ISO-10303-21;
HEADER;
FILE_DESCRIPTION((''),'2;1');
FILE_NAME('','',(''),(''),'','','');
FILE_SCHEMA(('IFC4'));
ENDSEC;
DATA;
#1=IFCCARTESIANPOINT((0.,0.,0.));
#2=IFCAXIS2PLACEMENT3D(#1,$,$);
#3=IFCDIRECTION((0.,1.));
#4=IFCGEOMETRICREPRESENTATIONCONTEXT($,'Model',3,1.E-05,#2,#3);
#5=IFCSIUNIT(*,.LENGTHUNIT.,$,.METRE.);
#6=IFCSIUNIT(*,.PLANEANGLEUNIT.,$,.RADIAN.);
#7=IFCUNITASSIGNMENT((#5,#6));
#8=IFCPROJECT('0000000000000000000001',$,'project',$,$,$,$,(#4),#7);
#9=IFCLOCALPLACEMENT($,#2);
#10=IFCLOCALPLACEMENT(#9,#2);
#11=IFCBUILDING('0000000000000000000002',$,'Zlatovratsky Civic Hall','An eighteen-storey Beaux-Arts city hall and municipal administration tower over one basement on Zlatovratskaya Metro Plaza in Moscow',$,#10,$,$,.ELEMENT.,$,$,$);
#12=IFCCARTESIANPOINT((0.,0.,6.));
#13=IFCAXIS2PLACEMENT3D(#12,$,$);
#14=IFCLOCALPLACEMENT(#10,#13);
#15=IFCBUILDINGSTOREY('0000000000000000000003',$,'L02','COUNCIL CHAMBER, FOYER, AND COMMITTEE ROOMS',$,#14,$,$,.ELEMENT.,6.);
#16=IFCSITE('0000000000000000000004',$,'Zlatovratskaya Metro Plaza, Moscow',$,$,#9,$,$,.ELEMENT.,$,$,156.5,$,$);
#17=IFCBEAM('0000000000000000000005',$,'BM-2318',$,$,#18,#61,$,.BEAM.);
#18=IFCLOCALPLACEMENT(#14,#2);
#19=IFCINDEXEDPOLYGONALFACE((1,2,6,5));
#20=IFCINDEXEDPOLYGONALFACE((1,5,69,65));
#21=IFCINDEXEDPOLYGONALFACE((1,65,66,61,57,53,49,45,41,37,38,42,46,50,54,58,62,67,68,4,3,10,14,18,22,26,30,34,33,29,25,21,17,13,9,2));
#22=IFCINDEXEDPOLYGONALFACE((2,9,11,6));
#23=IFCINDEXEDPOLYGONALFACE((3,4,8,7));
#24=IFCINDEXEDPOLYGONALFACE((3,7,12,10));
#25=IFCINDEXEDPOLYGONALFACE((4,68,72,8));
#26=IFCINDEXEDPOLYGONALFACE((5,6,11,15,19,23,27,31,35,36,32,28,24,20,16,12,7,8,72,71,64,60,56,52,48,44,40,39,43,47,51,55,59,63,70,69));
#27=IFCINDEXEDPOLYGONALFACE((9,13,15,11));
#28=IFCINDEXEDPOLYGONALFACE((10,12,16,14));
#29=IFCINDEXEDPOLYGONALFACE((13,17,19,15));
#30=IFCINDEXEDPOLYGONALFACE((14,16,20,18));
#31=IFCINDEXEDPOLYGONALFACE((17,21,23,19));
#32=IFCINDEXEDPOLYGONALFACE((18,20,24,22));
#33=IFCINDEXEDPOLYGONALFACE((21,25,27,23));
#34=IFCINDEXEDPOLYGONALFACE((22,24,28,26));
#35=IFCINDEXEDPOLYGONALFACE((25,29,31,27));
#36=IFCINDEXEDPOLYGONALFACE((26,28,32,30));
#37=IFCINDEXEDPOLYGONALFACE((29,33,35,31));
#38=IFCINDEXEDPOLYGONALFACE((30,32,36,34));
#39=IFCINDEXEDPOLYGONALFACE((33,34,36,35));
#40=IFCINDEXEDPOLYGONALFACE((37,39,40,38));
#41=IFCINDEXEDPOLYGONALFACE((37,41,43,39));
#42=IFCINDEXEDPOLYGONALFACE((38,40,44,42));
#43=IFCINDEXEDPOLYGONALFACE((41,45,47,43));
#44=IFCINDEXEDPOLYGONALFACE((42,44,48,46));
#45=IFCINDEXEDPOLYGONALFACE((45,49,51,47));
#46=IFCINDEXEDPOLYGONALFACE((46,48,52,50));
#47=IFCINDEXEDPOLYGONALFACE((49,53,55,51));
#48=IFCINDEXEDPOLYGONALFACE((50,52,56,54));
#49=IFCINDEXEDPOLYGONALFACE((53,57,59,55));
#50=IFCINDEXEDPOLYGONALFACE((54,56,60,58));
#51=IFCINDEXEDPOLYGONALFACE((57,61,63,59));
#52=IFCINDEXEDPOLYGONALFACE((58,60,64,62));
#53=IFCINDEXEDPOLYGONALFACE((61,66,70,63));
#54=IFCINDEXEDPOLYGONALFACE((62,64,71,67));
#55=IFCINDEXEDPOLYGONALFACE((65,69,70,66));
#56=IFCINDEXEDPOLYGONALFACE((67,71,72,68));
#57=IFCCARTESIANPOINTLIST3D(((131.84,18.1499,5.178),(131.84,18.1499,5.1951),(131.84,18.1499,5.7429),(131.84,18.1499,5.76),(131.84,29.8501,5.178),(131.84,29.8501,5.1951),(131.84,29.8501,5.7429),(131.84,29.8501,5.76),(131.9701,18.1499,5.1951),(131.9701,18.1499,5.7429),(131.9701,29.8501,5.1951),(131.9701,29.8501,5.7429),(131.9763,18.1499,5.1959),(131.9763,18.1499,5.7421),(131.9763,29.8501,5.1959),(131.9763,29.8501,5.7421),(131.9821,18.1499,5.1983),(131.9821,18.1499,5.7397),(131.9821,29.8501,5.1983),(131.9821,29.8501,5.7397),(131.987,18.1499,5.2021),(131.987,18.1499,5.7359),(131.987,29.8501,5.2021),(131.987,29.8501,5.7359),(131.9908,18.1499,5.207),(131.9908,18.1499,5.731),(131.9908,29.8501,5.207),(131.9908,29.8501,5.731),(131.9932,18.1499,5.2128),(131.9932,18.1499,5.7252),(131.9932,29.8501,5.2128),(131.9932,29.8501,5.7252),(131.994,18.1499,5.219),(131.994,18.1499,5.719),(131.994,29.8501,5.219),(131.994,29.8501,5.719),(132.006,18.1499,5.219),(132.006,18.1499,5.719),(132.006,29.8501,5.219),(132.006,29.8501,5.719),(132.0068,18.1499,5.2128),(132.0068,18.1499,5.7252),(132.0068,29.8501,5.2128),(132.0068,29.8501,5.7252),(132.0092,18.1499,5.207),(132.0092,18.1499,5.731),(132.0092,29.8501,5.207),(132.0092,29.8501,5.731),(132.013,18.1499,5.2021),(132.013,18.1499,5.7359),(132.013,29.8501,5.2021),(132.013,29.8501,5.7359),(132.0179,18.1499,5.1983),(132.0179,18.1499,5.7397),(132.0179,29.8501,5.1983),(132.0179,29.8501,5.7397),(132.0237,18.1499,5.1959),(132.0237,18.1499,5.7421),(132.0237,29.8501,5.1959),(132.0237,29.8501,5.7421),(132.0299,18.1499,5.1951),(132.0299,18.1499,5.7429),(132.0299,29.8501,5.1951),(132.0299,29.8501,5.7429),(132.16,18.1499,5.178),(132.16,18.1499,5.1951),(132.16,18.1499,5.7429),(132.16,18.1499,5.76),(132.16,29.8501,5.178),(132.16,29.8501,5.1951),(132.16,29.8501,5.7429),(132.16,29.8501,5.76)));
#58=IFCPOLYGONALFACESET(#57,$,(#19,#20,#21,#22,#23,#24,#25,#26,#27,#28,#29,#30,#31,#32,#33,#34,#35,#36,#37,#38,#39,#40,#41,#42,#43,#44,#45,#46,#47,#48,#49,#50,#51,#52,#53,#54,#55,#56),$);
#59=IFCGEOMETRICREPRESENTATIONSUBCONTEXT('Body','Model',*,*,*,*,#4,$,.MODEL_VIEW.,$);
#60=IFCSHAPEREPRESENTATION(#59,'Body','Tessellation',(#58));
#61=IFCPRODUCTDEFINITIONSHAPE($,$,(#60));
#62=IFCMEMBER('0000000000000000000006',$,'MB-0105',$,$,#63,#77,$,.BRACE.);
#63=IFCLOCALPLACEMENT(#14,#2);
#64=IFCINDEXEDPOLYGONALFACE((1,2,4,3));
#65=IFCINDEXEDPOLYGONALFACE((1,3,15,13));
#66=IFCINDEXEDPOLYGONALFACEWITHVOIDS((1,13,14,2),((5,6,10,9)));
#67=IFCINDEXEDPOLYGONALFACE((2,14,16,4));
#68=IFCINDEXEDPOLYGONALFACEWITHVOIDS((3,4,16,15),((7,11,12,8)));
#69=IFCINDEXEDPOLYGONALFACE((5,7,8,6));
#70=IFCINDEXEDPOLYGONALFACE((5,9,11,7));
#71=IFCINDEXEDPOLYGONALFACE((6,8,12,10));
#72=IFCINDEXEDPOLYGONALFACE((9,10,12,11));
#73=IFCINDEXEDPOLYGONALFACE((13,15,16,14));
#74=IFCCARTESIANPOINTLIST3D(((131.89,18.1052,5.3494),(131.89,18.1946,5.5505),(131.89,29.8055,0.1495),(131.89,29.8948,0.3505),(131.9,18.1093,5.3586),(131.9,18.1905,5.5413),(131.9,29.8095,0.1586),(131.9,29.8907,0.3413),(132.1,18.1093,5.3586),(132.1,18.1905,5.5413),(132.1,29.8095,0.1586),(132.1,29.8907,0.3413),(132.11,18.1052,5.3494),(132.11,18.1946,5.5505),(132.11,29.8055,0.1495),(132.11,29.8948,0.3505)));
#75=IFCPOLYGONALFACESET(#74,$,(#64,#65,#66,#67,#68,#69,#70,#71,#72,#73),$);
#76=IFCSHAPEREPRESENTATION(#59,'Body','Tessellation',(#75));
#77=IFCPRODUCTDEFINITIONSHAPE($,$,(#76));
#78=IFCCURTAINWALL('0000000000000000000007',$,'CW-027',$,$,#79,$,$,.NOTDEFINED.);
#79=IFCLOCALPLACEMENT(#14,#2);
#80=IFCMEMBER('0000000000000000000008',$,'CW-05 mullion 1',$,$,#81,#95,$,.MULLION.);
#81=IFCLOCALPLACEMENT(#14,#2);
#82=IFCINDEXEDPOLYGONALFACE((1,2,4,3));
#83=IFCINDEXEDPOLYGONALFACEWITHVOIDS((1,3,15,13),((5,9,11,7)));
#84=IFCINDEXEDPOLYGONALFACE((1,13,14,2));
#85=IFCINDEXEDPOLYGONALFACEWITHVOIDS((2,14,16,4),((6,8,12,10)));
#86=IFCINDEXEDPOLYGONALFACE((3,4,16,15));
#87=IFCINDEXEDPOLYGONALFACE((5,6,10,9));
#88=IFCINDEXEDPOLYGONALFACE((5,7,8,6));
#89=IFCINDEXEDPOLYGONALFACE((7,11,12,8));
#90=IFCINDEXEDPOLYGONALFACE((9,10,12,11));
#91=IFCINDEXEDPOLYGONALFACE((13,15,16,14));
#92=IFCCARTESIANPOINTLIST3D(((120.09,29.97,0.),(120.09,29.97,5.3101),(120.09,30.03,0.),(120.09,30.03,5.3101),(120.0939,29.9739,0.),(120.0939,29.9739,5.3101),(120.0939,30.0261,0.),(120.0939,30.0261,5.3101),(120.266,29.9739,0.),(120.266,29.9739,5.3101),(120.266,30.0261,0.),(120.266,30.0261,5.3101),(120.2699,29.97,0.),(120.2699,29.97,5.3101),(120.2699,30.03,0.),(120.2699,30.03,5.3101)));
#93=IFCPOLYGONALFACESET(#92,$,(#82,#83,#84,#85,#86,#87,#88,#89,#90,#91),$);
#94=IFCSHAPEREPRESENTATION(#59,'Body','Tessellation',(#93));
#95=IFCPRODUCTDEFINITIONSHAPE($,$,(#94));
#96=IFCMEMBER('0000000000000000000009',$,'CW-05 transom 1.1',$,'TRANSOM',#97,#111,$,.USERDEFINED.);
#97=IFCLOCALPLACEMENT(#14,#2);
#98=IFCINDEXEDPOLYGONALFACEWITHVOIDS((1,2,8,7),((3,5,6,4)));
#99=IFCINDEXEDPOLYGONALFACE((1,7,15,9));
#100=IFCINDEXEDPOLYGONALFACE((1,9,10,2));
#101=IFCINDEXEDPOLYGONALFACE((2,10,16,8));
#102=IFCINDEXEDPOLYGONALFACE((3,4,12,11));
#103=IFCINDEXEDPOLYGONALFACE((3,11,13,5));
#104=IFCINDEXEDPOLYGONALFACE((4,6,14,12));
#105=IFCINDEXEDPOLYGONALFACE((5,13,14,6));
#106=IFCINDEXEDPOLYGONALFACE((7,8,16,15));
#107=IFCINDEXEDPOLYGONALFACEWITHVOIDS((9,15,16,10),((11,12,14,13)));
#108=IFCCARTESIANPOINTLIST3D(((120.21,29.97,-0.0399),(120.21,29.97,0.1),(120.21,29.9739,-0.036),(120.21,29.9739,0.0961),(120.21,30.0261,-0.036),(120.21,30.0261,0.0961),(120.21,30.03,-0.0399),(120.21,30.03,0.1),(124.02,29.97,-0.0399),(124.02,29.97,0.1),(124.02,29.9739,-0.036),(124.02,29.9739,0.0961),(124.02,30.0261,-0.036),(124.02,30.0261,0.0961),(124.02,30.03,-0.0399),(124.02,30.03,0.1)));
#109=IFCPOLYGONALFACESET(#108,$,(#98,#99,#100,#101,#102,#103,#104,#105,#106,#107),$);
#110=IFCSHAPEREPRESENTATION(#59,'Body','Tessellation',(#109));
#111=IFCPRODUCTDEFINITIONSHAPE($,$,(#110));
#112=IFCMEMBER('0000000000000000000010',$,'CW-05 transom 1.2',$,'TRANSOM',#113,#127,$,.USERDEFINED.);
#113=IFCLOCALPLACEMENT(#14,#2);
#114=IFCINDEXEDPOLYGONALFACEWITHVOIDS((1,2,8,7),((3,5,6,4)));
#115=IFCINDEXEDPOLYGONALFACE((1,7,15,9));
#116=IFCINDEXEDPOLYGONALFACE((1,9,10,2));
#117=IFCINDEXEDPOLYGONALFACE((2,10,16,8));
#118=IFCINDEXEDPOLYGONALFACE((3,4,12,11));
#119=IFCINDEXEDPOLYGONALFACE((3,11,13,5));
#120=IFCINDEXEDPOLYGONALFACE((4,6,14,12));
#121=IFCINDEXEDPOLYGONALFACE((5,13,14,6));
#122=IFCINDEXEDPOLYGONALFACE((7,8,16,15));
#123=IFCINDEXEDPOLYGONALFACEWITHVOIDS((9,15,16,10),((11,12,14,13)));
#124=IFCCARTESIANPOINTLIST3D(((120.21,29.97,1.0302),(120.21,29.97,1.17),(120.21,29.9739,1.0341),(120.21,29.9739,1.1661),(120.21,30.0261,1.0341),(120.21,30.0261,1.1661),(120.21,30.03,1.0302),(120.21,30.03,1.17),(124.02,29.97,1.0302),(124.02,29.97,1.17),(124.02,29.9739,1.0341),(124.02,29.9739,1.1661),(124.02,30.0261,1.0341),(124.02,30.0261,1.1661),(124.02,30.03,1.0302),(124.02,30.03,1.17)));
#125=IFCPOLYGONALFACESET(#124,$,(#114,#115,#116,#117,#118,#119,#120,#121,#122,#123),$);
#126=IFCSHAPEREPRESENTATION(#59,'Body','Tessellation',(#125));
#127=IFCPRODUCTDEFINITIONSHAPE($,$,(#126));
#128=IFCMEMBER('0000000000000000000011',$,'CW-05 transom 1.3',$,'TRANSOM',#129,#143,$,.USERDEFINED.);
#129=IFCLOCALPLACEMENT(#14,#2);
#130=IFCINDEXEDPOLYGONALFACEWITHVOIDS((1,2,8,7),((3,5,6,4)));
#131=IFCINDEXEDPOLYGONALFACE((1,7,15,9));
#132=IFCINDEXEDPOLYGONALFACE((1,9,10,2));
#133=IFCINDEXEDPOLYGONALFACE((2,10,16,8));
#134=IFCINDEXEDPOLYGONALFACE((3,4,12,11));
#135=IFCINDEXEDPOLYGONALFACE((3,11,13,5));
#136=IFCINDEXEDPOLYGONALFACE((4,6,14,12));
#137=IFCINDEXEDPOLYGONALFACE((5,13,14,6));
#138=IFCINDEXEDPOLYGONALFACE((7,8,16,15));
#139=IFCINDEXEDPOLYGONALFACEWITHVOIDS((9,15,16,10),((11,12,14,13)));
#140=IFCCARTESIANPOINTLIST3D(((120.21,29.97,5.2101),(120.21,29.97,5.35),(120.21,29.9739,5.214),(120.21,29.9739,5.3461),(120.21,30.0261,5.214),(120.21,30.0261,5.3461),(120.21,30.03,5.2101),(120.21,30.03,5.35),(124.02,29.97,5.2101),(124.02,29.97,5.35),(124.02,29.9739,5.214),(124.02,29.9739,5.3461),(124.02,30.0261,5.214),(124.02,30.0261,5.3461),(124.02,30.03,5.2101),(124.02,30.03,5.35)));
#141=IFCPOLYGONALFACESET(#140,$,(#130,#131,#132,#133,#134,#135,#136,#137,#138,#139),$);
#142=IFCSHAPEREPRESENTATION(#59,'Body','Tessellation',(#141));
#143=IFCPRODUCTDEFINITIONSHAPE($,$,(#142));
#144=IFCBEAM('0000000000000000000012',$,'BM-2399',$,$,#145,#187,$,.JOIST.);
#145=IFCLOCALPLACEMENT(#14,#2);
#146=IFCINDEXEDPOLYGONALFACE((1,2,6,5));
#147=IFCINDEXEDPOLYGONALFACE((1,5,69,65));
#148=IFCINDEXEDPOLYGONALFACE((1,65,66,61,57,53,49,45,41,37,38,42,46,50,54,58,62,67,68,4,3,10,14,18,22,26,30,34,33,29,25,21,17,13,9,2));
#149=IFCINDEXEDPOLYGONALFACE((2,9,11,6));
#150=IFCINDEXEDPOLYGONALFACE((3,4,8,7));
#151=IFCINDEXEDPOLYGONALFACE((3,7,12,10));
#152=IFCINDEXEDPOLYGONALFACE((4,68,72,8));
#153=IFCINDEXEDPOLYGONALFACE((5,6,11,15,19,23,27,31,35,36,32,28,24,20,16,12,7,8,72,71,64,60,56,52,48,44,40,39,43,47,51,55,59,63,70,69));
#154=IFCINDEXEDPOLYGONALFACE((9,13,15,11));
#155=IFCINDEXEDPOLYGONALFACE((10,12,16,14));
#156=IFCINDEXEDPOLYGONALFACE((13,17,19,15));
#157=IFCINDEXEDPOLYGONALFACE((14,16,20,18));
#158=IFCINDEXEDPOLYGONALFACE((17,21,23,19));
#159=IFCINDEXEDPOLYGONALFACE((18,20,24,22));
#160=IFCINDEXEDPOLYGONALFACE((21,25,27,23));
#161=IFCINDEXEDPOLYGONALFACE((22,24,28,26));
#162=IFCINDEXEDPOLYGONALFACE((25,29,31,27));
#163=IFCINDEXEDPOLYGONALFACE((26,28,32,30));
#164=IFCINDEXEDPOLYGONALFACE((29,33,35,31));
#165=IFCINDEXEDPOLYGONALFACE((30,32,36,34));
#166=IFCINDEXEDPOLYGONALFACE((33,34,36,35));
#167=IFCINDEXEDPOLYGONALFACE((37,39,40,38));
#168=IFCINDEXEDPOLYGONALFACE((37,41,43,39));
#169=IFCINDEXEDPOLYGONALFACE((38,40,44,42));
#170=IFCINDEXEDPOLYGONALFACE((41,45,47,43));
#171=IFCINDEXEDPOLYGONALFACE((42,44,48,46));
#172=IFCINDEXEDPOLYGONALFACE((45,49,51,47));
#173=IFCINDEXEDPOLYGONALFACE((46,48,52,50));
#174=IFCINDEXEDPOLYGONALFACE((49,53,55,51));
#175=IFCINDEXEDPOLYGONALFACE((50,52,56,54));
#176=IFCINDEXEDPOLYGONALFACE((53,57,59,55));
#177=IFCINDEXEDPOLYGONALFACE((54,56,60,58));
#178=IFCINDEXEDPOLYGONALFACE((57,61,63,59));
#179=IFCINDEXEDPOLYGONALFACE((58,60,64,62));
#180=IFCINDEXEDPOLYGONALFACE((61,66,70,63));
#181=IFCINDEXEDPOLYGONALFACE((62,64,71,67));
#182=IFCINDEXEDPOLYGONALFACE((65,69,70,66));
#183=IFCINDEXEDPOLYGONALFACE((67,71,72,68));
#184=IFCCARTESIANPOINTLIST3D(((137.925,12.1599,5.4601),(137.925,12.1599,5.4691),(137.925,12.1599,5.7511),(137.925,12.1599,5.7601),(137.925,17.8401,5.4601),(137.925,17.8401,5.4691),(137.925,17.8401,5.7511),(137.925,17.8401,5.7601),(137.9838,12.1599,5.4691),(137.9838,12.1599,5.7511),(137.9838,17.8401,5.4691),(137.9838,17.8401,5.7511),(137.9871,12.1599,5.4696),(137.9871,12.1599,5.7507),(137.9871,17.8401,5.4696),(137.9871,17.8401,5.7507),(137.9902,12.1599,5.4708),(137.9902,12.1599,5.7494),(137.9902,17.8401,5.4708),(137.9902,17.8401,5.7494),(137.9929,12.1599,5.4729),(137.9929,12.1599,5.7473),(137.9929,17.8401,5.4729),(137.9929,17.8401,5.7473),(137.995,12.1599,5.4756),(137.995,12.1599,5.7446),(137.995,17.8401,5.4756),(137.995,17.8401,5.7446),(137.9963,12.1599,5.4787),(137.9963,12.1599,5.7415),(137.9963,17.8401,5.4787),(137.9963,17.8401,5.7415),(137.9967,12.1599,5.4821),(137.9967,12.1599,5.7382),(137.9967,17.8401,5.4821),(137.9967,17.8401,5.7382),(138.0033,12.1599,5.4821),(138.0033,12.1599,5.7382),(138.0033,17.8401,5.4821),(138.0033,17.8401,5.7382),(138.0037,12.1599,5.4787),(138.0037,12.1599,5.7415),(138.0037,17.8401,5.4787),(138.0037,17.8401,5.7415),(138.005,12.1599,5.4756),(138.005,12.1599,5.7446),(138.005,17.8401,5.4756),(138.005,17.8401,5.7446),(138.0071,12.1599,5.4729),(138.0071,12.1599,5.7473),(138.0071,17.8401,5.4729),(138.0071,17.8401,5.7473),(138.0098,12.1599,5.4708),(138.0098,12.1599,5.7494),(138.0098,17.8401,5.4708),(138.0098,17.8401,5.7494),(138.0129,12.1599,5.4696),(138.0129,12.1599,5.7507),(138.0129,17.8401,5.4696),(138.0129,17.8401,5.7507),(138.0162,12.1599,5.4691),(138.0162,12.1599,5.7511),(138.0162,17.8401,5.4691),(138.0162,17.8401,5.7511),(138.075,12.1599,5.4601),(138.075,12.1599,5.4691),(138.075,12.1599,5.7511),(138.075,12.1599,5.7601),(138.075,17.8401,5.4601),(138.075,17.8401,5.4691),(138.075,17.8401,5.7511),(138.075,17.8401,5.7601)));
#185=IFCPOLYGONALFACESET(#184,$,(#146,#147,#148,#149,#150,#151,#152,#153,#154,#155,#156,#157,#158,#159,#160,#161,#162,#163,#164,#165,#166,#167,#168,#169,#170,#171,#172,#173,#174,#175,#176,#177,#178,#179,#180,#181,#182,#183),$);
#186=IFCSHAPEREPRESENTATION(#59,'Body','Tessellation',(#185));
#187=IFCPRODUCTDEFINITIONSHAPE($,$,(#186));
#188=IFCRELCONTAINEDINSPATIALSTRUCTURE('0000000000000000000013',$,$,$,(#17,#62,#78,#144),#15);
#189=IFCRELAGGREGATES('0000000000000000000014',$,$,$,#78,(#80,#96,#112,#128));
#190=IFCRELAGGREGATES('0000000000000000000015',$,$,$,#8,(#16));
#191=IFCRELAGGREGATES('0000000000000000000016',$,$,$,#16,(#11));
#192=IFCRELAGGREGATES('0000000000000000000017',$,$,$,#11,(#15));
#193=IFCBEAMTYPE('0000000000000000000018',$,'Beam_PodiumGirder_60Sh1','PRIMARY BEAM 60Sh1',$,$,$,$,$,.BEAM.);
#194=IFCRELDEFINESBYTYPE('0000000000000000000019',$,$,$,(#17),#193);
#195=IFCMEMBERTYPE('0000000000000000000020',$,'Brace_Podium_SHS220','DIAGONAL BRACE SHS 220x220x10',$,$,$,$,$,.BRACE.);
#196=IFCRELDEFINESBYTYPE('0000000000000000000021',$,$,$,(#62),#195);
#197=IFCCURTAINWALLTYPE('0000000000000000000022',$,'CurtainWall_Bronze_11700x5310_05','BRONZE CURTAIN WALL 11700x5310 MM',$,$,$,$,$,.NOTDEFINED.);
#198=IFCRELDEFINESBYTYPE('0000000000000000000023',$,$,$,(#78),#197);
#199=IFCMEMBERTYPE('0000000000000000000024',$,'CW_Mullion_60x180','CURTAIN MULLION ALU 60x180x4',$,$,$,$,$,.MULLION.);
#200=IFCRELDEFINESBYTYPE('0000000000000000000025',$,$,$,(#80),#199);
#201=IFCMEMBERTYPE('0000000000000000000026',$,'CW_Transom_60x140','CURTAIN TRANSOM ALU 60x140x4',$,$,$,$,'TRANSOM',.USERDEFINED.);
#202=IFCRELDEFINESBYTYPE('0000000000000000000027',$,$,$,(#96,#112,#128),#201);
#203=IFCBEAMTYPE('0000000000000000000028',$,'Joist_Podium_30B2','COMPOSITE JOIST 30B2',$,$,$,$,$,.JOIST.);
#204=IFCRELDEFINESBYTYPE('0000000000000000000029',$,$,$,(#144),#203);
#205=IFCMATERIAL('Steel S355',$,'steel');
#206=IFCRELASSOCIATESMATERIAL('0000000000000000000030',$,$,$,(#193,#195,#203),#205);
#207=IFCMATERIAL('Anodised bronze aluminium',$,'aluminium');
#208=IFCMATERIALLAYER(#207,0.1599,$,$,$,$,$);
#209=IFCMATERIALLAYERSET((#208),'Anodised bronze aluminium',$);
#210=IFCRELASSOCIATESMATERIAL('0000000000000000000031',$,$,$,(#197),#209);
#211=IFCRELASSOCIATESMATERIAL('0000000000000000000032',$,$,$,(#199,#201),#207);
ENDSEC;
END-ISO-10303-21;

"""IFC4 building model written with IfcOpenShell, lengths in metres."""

from ifc_helpers import new_model, si_unit, direction, frame, origin, origin_2d, place, context, subcontext, project, spatial, hollow_rectangle, i_section, extrude, material, layer, layer_set, material_profile, profile_set, type_object, element, aggregate, save


model = new_model("IFC4")

# Units and contexts
model_context = context("Model", 3, precision=1e-05, world=origin(), true_north=direction((0.0, 1.0)))
body_context = subcontext(model_context, "Body", "Model", "MODEL_VIEW")
ifc_project = project(units=[si_unit("LENGTHUNIT", "METRE"), si_unit("PLANEANGLEUNIT", "RADIAN")], contexts=[model_context])

# Site, building, storey
site_placement = place(None, origin())
site = spatial("IfcSite", under=ifc_project, at=site_placement, Name="Zlatovratskaya Metro Plaza, Moscow", CompositionType="ELEMENT", RefElevation=156.5)
building_placement = place(site_placement, origin())
building = spatial("IfcBuilding", under=site, at=building_placement, Name="Zlatovratsky Civic Hall", Description="An eighteen-storey Beaux-Arts city hall and municipal administration tower over one basement on Zlatovratskaya Metro Plaza in Moscow", CompositionType="ELEMENT")
storey_placement = place(building_placement, frame((0.0, 0.0, 6.0)))
storey = spatial("IfcBuildingStorey", under=building, at=storey_placement, Name="L02", Description="COUNCIL CHAMBER, FOYER, AND COMMITTEE ROOMS", CompositionType="ELEMENT", Elevation=6.0)

# Shared definitions
ifc_material_1 = material(Name="Steel S355", Category="steel")

# Beam
ifc_material_profile_1 = material_profile(ifc_material_1, i_section(OverallWidth=0.3201, OverallDepth=0.582, WebThickness=0.012, FlangeThickness=0.0171, FilletRadius=0.0239, at=origin_2d()), Name="60Sh1")
ifc_profile_set_1 = profile_set([ifc_material_profile_1], Name="Steel S355")
beam_type_1 = type_object("IfcBeamType", Name="Beam_PodiumGirder_60Sh1", Description="PRIMARY BEAM 60Sh1", PredefinedType="BEAM", material=ifc_profile_set_1)
for number, where, z_axis, x_axis, name in (
    (1, (132.0, 18.1499, 5.469), (0.0, 1.0, 0.0), (-1.0, 0.0, 0.0), "BM-2318"),
):
    element("IfcBeam", number, at=place(storey_placement, frame(where, z_axis=z_axis, x_axis=x_axis)), inside=storey, type_object=beam_type_1, Name=name, PredefinedType="BEAM", context=body_context, shape_type="SweptSolid", body=[
        extrude(i_section(OverallWidth=0.3201, OverallDepth=0.582, WebThickness=0.012, FlangeThickness=0.0171, FilletRadius=0.0239, at=origin_2d()), origin(), (0.0, 0.0, 1.0), 11.7002),
    ])

# Member
ifc_material_profile_2 = material_profile(ifc_material_1, hollow_rectangle(XDim=0.22, YDim=0.22, WallThickness=0.01, at=origin_2d()), Name="SHS 220x220x10")
ifc_profile_set_2 = profile_set([ifc_material_profile_2], Name="Steel S355")
member_type_1 = type_object("IfcMemberType", Name="Brace_Podium_SHS220", Description="DIAGONAL BRACE SHS 220x220x10", PredefinedType="BRACE", material=ifc_profile_set_2)
member_1_placement = place(storey_placement, frame((132.0, 18.1499, 5.45), z_axis=(0.0, 0.913815, -0.40613), x_axis=(-1.0, 0.0, 0.0)))
element("IfcMember", 2, at=member_1_placement, inside=storey, type_object=member_type_1, Name="MB-0105", PredefinedType="BRACE", context=body_context, shape_type="SweptSolid", body=[
    extrude(hollow_rectangle(XDim=0.22, YDim=0.22, WallThickness=0.01, at=origin_2d()), origin(), (0.0, 0.0, 1.0), 12.8037),
])

# Curtain wall, members
ifc_material_2 = material(Name="Anodised bronze aluminium", Category="aluminium")
ifc_layer_1 = layer(ifc_material_2, 0.1599)
ifc_layer_set_1 = layer_set([ifc_layer_1], Name="Anodised bronze aluminium")
curtain_wall_type = type_object("IfcCurtainWallType", Name="CurtainWall_Bronze_11700x5310_05", Description="BRONZE CURTAIN WALL 11700x5310 MM", PredefinedType="NOTDEFINED", material=ifc_layer_set_1)
curtain_wall_placement = place(storey_placement, origin())
curtain_wall = element("IfcCurtainWall", 3, at=curtain_wall_placement, inside=storey, type_object=curtain_wall_type, Name="CW-027", PredefinedType="NOTDEFINED")
ifc_material_profile_3 = material_profile(ifc_material_2, hollow_rectangle(XDim=0.0601, YDim=0.1799, WallThickness=0.0039, at=origin_2d()), Name="ALU 60x180x4")
ifc_profile_set_3 = profile_set([ifc_material_profile_3], Name="Anodised bronze aluminium")
member_type_2 = type_object("IfcMemberType", Name="CW_Mullion_60x180", Description="CURTAIN MULLION ALU 60x180x4", PredefinedType="MULLION", material=ifc_profile_set_3)
member_2_placement = place(storey_placement, frame((120.1799, 30.0, 0.0), z_axis=(0.0, 0.0, 1.0), x_axis=(0.0, 1.0, 0.0)))
member_2 = element("IfcMember", 4, at=member_2_placement, type_object=member_type_2, Name="CW-05 mullion 1", PredefinedType="MULLION", context=body_context, shape_type="SweptSolid", body=[
    extrude(hollow_rectangle(XDim=0.0601, YDim=0.1799, WallThickness=0.0039, at=origin_2d()), origin(), (0.0, 0.0, 1.0), 5.3101),
])
ifc_material_profile_4 = material_profile(ifc_material_2, hollow_rectangle(XDim=0.0601, YDim=0.1399, WallThickness=0.0039, at=origin_2d()), Name="ALU 60x140x4")
ifc_profile_set_4 = profile_set([ifc_material_profile_4], Name="Anodised bronze aluminium")
member_type_3 = type_object("IfcMemberType", Name="CW_Transom_60x140", Description="CURTAIN TRANSOM ALU 60x140x4", ElementType="TRANSOM", PredefinedType="USERDEFINED", material=ifc_profile_set_4)
member_3_placement = place(storey_placement, frame((120.21, 30.0, 0.03), z_axis=(1.0, 0.0, 0.0), x_axis=(0.0, 1.0, 0.0)))
member_3 = element("IfcMember", 5, at=member_3_placement, type_object=member_type_3, Name="CW-05 transom 1.1", ObjectType="TRANSOM", PredefinedType="USERDEFINED", context=body_context, shape_type="SweptSolid", body=[
    extrude(hollow_rectangle(XDim=0.0601, YDim=0.1399, WallThickness=0.0039, at=origin_2d()), origin(), (0.0, 0.0, 1.0), 3.8101),
])
member_4_placement = place(storey_placement, frame((120.21, 30.0, 1.1001), z_axis=(1.0, 0.0, 0.0), x_axis=(0.0, 1.0, 0.0)))
member_4 = element("IfcMember", 6, at=member_4_placement, type_object=member_type_3, Name="CW-05 transom 1.2", ObjectType="TRANSOM", PredefinedType="USERDEFINED", context=body_context, shape_type="SweptSolid", body=[
    extrude(hollow_rectangle(XDim=0.0601, YDim=0.1399, WallThickness=0.0039, at=origin_2d()), origin(), (0.0, 0.0, 1.0), 3.8101),
])
member_5_placement = place(storey_placement, frame((120.21, 30.0, 5.28), z_axis=(1.0, 0.0, 0.0), x_axis=(0.0, 1.0, 0.0)))
member_5 = element("IfcMember", 7, at=member_5_placement, type_object=member_type_3, Name="CW-05 transom 1.3", ObjectType="TRANSOM", PredefinedType="USERDEFINED", context=body_context, shape_type="SweptSolid", body=[
    extrude(hollow_rectangle(XDim=0.0601, YDim=0.1399, WallThickness=0.0039, at=origin_2d()), origin(), (0.0, 0.0, 1.0), 3.8101),
])

# Beam
ifc_material_profile_5 = material_profile(ifc_material_1, i_section(OverallWidth=0.1499, OverallDepth=0.3, WebThickness=0.0066, FlangeThickness=0.009, FilletRadius=0.0129, at=origin_2d()), Name="30B2")
ifc_profile_set_5 = profile_set([ifc_material_profile_5], Name="Steel S355")
beam_type_2 = type_object("IfcBeamType", Name="Joist_Podium_30B2", Description="COMPOSITE JOIST 30B2", PredefinedType="JOIST", material=ifc_profile_set_5)
beam_placement = place(storey_placement, frame((138.0, 12.1599, 5.6101), z_axis=(0.0, 1.0, 0.0), x_axis=(-1.0, 0.0, 0.0)))
element("IfcBeam", 8, at=beam_placement, inside=storey, type_object=beam_type_2, Name="BM-2399", PredefinedType="JOIST", context=body_context, shape_type="SweptSolid", body=[
    extrude(i_section(OverallWidth=0.1499, OverallDepth=0.3, WebThickness=0.0066, FlangeThickness=0.009, FilletRadius=0.0129, at=origin_2d()), origin(), (0.0, 0.0, 1.0), 5.6802),
])

aggregate(curtain_wall, [member_2, member_3, member_4, member_5])

save(model, "model.ifc")
